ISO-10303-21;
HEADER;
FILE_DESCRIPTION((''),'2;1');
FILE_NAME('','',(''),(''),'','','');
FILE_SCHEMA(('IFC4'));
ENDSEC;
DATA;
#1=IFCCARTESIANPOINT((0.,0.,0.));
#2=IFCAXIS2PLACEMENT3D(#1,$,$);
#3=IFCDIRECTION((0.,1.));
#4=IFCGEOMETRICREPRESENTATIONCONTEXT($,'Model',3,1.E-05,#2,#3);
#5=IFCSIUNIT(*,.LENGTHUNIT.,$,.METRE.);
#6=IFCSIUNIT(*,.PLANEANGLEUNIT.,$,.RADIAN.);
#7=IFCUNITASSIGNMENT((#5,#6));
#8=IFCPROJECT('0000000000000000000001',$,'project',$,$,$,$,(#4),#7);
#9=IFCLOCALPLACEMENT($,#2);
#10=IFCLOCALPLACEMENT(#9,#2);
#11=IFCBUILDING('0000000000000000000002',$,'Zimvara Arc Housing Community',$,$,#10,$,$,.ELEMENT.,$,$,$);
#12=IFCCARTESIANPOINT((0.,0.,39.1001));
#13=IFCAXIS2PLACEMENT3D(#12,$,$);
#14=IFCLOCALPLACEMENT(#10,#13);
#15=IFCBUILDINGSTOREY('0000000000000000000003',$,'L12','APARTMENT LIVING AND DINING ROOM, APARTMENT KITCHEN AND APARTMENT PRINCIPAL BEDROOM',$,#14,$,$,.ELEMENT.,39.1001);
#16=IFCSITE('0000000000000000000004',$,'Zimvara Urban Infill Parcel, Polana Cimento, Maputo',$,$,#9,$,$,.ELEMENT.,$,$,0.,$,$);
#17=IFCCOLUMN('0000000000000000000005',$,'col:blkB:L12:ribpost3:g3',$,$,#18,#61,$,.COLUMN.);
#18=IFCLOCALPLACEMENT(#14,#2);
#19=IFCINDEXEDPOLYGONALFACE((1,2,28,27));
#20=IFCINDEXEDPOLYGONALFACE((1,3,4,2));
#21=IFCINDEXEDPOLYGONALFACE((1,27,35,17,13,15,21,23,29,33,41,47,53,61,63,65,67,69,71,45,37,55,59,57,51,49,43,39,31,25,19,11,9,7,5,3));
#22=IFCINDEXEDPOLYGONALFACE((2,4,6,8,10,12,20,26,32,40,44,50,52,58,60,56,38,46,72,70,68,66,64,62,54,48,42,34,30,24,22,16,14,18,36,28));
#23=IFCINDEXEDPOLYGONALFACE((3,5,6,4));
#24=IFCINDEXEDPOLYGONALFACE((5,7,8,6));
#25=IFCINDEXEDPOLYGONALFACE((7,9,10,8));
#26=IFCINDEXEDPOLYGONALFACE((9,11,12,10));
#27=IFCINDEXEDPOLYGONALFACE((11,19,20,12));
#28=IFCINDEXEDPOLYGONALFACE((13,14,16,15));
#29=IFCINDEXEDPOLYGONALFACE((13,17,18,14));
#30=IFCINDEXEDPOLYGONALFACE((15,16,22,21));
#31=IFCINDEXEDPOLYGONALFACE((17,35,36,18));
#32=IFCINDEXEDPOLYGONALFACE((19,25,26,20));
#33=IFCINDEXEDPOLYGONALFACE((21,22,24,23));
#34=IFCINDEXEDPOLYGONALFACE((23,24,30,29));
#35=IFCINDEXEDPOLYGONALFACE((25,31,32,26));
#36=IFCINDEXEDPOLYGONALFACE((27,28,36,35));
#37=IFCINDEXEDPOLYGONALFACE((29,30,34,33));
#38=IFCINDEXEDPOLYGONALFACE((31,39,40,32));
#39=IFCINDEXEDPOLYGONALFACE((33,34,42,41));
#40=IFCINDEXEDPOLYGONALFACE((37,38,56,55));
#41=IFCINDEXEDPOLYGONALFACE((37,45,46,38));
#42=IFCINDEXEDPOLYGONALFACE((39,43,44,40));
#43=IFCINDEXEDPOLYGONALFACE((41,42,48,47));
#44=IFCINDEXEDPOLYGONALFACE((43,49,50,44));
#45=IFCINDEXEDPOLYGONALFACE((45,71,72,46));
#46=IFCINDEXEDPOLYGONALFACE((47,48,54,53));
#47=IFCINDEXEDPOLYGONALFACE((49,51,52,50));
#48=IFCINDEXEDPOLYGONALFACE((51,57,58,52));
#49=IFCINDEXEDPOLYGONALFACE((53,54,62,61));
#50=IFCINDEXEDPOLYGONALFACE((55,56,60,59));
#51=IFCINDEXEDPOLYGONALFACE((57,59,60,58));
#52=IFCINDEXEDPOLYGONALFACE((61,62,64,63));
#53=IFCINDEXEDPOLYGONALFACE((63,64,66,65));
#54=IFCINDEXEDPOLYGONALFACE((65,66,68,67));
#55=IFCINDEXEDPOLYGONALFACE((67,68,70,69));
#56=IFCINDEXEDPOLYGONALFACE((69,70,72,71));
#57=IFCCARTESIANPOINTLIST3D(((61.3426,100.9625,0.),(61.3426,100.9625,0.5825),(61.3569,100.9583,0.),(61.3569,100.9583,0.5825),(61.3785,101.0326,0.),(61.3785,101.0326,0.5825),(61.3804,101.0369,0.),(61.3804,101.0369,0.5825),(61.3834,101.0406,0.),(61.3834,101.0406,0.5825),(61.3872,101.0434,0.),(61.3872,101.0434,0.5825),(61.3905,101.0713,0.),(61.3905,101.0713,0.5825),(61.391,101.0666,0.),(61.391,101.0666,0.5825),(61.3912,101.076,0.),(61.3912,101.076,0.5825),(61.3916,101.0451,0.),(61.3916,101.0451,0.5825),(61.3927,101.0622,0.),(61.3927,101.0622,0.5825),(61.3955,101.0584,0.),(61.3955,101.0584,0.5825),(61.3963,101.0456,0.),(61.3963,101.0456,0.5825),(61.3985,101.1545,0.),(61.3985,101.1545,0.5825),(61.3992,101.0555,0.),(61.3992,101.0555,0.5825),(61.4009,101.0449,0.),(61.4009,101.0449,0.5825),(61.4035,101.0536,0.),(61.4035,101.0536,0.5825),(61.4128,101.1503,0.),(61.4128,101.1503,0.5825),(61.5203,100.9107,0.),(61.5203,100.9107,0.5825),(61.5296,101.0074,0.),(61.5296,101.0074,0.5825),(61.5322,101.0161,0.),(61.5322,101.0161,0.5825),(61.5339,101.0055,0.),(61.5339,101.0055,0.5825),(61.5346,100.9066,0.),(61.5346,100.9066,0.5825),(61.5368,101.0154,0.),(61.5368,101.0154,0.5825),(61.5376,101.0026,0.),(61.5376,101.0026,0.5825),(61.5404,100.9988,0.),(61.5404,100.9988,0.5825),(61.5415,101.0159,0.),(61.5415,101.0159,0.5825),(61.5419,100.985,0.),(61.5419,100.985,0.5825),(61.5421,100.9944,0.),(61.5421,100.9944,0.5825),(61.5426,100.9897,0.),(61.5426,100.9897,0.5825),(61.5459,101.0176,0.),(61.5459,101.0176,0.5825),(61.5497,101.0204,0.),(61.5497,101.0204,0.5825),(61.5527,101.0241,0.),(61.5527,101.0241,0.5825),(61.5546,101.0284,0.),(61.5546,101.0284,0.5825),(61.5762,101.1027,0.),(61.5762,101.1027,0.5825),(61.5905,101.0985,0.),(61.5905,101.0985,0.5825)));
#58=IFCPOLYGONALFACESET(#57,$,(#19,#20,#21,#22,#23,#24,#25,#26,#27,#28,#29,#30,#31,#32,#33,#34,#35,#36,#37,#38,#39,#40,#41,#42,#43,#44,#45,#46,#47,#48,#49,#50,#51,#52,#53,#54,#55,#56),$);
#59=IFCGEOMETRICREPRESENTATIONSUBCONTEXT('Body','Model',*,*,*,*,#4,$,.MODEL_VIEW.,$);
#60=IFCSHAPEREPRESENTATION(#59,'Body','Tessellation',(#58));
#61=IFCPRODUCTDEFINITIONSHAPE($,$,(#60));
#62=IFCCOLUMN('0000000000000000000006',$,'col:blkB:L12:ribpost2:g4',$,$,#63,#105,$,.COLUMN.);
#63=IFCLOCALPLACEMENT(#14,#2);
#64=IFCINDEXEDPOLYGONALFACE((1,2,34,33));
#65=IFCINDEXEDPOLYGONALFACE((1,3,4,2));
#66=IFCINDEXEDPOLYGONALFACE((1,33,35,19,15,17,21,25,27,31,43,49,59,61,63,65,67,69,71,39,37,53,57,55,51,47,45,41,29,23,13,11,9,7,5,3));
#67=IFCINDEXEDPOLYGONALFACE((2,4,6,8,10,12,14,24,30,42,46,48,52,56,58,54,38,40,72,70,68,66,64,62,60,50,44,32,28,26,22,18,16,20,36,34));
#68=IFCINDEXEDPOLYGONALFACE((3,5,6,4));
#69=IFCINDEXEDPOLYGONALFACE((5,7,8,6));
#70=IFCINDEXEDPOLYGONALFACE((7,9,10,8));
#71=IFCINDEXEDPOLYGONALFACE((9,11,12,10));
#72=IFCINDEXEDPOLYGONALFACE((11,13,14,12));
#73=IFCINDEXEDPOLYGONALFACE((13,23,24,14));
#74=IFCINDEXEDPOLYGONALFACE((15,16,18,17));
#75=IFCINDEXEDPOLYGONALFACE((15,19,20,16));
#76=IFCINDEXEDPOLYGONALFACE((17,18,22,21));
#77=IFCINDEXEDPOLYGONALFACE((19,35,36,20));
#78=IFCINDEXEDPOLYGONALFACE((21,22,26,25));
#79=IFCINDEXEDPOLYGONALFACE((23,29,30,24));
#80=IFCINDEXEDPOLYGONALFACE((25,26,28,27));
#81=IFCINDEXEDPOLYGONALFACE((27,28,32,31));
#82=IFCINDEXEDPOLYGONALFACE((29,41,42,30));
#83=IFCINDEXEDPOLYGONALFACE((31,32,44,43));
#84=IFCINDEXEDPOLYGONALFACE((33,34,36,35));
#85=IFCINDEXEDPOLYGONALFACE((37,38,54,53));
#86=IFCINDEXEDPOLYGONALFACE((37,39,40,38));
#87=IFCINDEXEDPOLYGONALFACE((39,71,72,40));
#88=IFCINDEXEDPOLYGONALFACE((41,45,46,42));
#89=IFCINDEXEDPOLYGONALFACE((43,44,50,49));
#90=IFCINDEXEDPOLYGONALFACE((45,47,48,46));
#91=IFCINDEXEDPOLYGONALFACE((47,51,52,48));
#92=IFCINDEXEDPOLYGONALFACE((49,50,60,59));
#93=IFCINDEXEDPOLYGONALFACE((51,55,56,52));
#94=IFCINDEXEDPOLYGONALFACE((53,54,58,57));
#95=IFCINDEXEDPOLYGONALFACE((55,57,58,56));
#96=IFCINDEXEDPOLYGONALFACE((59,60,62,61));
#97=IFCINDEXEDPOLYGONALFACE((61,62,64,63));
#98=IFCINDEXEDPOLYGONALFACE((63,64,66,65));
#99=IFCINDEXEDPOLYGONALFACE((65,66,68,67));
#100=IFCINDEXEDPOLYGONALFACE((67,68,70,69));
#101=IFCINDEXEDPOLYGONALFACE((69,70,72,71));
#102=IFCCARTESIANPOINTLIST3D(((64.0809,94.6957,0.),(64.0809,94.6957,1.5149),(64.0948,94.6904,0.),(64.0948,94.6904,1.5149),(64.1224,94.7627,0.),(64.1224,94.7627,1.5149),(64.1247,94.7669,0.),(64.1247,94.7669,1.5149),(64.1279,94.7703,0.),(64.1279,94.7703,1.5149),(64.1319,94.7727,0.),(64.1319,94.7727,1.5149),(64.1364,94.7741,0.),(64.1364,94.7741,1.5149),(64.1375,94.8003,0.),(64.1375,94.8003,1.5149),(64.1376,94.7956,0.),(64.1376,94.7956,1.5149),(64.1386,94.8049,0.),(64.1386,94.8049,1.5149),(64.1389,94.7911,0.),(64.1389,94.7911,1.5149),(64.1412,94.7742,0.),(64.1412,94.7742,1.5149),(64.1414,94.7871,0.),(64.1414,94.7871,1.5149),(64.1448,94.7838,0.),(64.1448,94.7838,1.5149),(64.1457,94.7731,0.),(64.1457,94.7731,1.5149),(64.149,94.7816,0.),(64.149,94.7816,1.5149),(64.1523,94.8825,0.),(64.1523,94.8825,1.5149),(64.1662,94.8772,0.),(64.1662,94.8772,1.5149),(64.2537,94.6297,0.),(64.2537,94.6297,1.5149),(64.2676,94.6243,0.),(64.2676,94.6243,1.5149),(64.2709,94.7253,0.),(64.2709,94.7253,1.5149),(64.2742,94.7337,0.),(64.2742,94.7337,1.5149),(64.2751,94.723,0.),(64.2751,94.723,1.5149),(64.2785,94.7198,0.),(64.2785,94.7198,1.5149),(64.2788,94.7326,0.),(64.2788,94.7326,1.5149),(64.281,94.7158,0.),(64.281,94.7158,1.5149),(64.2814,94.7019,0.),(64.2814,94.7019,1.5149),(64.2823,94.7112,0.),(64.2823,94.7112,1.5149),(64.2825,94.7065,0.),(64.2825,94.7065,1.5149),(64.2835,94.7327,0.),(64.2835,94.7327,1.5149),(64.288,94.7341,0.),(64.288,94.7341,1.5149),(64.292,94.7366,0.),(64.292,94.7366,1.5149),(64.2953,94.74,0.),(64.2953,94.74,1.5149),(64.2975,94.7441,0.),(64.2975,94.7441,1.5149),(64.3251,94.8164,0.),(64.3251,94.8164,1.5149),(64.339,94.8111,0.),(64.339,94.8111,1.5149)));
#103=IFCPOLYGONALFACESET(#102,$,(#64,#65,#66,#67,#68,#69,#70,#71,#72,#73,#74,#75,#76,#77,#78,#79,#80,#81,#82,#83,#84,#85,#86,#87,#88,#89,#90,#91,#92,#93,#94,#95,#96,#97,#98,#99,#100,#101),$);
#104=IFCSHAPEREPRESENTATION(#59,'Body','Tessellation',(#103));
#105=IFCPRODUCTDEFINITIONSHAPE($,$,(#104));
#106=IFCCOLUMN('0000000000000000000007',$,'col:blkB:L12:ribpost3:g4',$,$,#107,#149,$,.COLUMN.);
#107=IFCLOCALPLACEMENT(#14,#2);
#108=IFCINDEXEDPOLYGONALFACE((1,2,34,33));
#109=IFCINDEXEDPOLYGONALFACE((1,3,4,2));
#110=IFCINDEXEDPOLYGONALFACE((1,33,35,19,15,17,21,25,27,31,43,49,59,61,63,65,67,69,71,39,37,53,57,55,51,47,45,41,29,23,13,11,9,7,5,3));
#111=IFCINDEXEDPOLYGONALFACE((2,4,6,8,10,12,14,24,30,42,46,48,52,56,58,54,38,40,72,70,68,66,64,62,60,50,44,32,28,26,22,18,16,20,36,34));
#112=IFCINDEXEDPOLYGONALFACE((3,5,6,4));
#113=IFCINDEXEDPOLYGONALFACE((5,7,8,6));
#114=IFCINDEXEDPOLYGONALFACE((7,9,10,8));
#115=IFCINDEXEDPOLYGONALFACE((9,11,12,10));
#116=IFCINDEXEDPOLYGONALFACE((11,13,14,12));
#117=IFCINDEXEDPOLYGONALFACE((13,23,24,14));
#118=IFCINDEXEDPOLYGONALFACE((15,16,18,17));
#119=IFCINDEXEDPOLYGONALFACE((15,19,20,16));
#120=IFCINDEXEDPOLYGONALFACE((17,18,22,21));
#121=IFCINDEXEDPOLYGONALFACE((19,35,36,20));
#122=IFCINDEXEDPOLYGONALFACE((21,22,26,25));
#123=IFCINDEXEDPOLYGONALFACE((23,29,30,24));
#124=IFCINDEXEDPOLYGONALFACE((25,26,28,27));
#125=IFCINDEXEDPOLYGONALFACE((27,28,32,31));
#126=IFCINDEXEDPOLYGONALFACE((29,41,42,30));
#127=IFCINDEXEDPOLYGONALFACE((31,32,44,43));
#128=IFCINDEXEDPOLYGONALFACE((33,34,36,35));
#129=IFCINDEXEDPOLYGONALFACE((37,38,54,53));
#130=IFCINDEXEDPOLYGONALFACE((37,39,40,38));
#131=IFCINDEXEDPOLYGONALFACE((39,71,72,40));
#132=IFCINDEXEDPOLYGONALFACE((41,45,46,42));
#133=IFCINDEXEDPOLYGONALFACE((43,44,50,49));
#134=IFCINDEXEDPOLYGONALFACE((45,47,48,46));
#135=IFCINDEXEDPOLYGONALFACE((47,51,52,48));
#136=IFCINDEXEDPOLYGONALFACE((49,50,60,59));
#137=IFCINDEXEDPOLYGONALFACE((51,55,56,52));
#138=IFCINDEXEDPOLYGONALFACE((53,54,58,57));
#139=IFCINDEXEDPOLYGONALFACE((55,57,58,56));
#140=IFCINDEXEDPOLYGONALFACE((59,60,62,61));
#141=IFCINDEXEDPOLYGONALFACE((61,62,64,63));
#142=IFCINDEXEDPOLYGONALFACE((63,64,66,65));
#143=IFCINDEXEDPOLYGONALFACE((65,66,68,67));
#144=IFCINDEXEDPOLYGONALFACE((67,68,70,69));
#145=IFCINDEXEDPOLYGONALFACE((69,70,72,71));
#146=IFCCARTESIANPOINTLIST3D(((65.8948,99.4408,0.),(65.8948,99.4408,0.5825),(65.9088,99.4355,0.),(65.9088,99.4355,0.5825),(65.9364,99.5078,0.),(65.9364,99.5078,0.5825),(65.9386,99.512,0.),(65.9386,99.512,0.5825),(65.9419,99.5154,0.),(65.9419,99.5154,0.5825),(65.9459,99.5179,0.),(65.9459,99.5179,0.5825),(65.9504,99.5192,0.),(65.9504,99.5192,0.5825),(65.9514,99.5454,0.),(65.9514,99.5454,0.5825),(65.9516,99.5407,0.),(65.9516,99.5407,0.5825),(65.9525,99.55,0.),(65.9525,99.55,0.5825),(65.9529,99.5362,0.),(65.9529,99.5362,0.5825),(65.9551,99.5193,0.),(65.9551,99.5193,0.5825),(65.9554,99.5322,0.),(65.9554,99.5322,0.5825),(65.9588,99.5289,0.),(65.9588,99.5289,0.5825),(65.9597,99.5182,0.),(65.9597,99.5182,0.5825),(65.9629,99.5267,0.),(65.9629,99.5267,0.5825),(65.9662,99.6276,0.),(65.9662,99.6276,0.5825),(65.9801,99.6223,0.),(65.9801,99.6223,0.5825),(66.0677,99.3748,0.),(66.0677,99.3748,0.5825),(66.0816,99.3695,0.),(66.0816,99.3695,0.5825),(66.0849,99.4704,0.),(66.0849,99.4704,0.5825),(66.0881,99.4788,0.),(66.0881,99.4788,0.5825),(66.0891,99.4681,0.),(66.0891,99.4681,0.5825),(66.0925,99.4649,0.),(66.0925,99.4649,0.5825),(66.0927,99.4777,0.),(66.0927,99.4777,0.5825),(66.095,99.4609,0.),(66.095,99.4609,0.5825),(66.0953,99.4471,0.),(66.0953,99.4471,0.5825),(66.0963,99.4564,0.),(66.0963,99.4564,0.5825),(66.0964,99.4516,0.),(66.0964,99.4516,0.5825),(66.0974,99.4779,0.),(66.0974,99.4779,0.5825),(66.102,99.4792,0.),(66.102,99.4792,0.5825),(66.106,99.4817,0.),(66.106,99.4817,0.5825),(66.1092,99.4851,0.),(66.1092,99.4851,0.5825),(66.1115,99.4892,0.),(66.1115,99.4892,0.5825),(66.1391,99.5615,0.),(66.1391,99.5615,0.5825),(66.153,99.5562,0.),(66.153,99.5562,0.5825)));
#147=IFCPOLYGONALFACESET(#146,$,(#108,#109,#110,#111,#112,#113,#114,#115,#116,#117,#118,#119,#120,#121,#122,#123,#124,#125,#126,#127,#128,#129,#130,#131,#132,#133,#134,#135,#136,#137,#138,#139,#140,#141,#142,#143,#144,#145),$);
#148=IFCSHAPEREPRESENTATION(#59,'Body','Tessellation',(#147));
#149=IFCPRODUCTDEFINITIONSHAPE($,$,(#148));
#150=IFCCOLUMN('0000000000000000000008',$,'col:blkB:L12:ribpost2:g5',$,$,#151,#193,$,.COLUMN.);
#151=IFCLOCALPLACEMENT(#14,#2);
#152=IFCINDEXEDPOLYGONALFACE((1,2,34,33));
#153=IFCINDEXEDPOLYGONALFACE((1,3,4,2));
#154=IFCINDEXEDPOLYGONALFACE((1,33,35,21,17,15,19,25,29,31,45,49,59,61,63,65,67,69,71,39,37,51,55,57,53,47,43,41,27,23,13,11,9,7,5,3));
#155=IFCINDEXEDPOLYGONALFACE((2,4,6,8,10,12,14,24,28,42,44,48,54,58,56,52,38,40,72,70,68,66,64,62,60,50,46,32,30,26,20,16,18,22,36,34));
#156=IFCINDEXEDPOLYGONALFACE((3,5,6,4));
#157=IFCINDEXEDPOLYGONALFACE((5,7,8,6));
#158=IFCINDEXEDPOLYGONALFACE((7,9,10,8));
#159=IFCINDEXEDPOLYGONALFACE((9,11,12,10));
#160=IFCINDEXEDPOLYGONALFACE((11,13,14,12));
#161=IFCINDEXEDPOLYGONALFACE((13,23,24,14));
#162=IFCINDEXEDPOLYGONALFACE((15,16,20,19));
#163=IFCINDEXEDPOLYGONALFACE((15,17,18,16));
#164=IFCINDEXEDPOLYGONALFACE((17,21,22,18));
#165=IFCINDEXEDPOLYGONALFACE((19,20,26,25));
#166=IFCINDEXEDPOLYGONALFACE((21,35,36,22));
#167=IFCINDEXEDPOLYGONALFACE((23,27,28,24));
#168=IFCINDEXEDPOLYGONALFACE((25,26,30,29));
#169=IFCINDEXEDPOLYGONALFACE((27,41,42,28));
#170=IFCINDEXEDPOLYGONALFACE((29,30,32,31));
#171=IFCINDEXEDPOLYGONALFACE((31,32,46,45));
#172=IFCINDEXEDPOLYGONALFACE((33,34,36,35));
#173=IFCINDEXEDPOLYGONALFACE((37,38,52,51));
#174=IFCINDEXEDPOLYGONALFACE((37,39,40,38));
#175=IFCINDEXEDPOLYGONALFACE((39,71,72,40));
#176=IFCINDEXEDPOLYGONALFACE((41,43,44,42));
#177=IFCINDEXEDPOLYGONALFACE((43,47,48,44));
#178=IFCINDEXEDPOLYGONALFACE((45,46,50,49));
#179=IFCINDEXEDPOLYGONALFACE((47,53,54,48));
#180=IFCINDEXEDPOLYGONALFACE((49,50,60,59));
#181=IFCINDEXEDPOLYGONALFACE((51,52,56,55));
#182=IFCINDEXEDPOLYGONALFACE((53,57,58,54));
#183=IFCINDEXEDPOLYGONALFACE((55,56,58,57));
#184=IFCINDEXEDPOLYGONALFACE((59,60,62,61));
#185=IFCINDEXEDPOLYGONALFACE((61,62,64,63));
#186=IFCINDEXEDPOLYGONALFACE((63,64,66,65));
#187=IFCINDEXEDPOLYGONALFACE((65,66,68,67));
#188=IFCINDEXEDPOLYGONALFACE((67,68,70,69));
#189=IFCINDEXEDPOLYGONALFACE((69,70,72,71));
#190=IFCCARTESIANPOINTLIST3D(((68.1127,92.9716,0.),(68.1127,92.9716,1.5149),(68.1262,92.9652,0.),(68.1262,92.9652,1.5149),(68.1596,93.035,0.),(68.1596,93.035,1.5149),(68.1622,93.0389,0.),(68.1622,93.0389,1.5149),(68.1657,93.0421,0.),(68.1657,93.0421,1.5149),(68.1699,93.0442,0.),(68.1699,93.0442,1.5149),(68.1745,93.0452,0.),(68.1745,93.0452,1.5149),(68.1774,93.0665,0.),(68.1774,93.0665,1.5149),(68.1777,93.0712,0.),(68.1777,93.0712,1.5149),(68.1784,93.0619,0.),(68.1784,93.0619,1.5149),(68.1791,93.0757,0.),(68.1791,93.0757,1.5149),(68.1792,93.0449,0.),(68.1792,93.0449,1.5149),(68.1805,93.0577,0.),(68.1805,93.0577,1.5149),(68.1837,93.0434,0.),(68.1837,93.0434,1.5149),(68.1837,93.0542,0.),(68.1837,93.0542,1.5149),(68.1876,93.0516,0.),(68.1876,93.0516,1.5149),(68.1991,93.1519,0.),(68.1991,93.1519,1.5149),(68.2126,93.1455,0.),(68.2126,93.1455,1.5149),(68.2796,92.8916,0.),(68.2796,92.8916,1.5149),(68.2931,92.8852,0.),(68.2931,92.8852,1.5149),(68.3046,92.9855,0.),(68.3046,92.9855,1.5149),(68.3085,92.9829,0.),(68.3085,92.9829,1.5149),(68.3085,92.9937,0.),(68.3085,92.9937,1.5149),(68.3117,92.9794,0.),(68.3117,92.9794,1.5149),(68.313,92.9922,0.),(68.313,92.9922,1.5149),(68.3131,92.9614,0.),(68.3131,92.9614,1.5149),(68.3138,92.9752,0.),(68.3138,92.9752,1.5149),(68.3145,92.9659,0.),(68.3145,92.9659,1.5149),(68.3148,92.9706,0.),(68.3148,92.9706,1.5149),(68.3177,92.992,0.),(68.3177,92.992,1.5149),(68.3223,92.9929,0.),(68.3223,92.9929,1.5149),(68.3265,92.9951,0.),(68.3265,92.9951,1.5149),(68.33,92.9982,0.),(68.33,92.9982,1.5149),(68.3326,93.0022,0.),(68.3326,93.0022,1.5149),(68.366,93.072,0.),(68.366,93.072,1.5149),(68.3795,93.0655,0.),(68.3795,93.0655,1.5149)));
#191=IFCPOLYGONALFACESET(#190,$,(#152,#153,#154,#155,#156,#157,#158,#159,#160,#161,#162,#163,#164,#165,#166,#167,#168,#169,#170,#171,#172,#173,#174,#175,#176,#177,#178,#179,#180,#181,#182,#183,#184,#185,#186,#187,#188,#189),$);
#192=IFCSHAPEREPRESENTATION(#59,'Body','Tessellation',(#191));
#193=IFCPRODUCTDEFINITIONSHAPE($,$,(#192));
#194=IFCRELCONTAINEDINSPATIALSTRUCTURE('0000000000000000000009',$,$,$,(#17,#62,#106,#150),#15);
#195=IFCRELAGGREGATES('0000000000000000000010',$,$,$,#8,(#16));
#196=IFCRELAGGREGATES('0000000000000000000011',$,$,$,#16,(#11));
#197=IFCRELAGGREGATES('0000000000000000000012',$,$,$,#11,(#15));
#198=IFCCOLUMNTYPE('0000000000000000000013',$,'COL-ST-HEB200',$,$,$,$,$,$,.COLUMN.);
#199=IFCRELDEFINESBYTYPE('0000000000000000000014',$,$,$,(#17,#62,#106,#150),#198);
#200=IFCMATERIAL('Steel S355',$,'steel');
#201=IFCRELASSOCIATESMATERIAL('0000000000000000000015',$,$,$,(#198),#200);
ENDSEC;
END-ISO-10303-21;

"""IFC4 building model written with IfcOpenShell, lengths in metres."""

from ifc_helpers import new_model, si_unit, direction, frame, origin, origin_2d, place, context, subcontext, project, spatial, i_section, extrude, material, material_profile, profile_set, type_object, element, save


model = new_model("IFC4")

# Units and contexts
model_context = context("Model", 3, precision=1e-05, world=origin(), true_north=direction((0.0, 1.0)))
body_context = subcontext(model_context, "Body", "Model", "MODEL_VIEW")
ifc_project = project(units=[si_unit("LENGTHUNIT", "METRE"), si_unit("PLANEANGLEUNIT", "RADIAN")], contexts=[model_context])

# Site, building, storey
site_placement = place(None, origin())
site = spatial("IfcSite", under=ifc_project, at=site_placement, Name="Zimvara Urban Infill Parcel, Polana Cimento, Maputo", CompositionType="ELEMENT", RefElevation=0.0)
building_placement = place(site_placement, origin())
building = spatial("IfcBuilding", under=site, at=building_placement, Name="Zimvara Arc Housing Community", CompositionType="ELEMENT")
storey_placement = place(building_placement, frame((0.0, 0.0, 39.1001)))
storey = spatial("IfcBuildingStorey", under=building, at=storey_placement, Name="L12", Description="APARTMENT LIVING AND DINING ROOM, APARTMENT KITCHEN AND APARTMENT PRINCIPAL BEDROOM", CompositionType="ELEMENT", Elevation=39.1001)

# Columns
ifc_material_1 = material(Name="Steel S355", Category="steel")
ifc_material_profile_1 = material_profile(ifc_material_1, i_section(OverallWidth=0.2, OverallDepth=0.2, WebThickness=0.009, FlangeThickness=0.0149, FilletRadius=0.0181, at=origin_2d()), Name="HEB 200")
ifc_profile_set_1 = profile_set([ifc_material_profile_1], Name="Steel S355")
column_type = type_object("IfcColumnType", Name="COL-ST-HEB200", PredefinedType="COLUMN", material=ifc_profile_set_1)
column_1_placement = place(storey_placement, frame((61.4666, 101.0305, 0.0), z_axis=(0.0, 0.0, 1.0), x_axis=(0.279661, 0.960099, 0.0)))
element("IfcColumn", 1, at=column_1_placement, inside=storey, type_object=column_type, Name="col:blkB:L12:ribpost3:g3", PredefinedType="COLUMN", context=body_context, shape_type="SweptSolid", body=[
    extrude(i_section(OverallWidth=0.2, OverallDepth=0.2, WebThickness=0.009, FlangeThickness=0.0149, FilletRadius=0.0181, at=origin_2d()), origin(), (0.0, 0.0, 1.0), 0.5825),
])
column_2_placement = place(storey_placement, frame((64.21, 94.7534, 0.0), z_axis=(0.0, 0.0, 1.0), x_axis=(0.357064, 0.93408, 0.0)))
element("IfcColumn", 2, at=column_2_placement, inside=storey, type_object=column_type, Name="col:blkB:L12:ribpost2:g4", PredefinedType="COLUMN", context=body_context, shape_type="SweptSolid", body=[
    extrude(i_section(OverallWidth=0.2, OverallDepth=0.2, WebThickness=0.009, FlangeThickness=0.0149, FilletRadius=0.0181, at=origin_2d()), origin(), (0.0, 0.0, 1.0), 1.5149),
])
column_3_placement = place(storey_placement, frame((66.0239, 99.4985, 0.0), z_axis=(0.0, 0.0, 1.0), x_axis=(0.357064, 0.93408, 0.0)))
element("IfcColumn", 3, at=column_3_placement, inside=storey, type_object=column_type, Name="col:blkB:L12:ribpost3:g4", PredefinedType="COLUMN", context=body_context, shape_type="SweptSolid", body=[
    extrude(i_section(OverallWidth=0.2, OverallDepth=0.2, WebThickness=0.009, FlangeThickness=0.0149, FilletRadius=0.0181, at=origin_2d()), origin(), (0.0, 0.0, 1.0), 0.5825),
])
column_4_placement = place(storey_placement, frame((68.2461, 93.0186, 0.0), z_axis=(0.0, 0.0, 1.0), x_axis=(0.432086, 0.901833, 0.0)))
element("IfcColumn", 4, at=column_4_placement, inside=storey, type_object=column_type, Name="col:blkB:L12:ribpost2:g5", PredefinedType="COLUMN", context=body_context, shape_type="SweptSolid", body=[
    extrude(i_section(OverallWidth=0.2, OverallDepth=0.2, WebThickness=0.009, FlangeThickness=0.0149, FilletRadius=0.0181, at=origin_2d()), origin(), (0.0, 0.0, 1.0), 1.5149),
])

save(model, "model.ifc")
